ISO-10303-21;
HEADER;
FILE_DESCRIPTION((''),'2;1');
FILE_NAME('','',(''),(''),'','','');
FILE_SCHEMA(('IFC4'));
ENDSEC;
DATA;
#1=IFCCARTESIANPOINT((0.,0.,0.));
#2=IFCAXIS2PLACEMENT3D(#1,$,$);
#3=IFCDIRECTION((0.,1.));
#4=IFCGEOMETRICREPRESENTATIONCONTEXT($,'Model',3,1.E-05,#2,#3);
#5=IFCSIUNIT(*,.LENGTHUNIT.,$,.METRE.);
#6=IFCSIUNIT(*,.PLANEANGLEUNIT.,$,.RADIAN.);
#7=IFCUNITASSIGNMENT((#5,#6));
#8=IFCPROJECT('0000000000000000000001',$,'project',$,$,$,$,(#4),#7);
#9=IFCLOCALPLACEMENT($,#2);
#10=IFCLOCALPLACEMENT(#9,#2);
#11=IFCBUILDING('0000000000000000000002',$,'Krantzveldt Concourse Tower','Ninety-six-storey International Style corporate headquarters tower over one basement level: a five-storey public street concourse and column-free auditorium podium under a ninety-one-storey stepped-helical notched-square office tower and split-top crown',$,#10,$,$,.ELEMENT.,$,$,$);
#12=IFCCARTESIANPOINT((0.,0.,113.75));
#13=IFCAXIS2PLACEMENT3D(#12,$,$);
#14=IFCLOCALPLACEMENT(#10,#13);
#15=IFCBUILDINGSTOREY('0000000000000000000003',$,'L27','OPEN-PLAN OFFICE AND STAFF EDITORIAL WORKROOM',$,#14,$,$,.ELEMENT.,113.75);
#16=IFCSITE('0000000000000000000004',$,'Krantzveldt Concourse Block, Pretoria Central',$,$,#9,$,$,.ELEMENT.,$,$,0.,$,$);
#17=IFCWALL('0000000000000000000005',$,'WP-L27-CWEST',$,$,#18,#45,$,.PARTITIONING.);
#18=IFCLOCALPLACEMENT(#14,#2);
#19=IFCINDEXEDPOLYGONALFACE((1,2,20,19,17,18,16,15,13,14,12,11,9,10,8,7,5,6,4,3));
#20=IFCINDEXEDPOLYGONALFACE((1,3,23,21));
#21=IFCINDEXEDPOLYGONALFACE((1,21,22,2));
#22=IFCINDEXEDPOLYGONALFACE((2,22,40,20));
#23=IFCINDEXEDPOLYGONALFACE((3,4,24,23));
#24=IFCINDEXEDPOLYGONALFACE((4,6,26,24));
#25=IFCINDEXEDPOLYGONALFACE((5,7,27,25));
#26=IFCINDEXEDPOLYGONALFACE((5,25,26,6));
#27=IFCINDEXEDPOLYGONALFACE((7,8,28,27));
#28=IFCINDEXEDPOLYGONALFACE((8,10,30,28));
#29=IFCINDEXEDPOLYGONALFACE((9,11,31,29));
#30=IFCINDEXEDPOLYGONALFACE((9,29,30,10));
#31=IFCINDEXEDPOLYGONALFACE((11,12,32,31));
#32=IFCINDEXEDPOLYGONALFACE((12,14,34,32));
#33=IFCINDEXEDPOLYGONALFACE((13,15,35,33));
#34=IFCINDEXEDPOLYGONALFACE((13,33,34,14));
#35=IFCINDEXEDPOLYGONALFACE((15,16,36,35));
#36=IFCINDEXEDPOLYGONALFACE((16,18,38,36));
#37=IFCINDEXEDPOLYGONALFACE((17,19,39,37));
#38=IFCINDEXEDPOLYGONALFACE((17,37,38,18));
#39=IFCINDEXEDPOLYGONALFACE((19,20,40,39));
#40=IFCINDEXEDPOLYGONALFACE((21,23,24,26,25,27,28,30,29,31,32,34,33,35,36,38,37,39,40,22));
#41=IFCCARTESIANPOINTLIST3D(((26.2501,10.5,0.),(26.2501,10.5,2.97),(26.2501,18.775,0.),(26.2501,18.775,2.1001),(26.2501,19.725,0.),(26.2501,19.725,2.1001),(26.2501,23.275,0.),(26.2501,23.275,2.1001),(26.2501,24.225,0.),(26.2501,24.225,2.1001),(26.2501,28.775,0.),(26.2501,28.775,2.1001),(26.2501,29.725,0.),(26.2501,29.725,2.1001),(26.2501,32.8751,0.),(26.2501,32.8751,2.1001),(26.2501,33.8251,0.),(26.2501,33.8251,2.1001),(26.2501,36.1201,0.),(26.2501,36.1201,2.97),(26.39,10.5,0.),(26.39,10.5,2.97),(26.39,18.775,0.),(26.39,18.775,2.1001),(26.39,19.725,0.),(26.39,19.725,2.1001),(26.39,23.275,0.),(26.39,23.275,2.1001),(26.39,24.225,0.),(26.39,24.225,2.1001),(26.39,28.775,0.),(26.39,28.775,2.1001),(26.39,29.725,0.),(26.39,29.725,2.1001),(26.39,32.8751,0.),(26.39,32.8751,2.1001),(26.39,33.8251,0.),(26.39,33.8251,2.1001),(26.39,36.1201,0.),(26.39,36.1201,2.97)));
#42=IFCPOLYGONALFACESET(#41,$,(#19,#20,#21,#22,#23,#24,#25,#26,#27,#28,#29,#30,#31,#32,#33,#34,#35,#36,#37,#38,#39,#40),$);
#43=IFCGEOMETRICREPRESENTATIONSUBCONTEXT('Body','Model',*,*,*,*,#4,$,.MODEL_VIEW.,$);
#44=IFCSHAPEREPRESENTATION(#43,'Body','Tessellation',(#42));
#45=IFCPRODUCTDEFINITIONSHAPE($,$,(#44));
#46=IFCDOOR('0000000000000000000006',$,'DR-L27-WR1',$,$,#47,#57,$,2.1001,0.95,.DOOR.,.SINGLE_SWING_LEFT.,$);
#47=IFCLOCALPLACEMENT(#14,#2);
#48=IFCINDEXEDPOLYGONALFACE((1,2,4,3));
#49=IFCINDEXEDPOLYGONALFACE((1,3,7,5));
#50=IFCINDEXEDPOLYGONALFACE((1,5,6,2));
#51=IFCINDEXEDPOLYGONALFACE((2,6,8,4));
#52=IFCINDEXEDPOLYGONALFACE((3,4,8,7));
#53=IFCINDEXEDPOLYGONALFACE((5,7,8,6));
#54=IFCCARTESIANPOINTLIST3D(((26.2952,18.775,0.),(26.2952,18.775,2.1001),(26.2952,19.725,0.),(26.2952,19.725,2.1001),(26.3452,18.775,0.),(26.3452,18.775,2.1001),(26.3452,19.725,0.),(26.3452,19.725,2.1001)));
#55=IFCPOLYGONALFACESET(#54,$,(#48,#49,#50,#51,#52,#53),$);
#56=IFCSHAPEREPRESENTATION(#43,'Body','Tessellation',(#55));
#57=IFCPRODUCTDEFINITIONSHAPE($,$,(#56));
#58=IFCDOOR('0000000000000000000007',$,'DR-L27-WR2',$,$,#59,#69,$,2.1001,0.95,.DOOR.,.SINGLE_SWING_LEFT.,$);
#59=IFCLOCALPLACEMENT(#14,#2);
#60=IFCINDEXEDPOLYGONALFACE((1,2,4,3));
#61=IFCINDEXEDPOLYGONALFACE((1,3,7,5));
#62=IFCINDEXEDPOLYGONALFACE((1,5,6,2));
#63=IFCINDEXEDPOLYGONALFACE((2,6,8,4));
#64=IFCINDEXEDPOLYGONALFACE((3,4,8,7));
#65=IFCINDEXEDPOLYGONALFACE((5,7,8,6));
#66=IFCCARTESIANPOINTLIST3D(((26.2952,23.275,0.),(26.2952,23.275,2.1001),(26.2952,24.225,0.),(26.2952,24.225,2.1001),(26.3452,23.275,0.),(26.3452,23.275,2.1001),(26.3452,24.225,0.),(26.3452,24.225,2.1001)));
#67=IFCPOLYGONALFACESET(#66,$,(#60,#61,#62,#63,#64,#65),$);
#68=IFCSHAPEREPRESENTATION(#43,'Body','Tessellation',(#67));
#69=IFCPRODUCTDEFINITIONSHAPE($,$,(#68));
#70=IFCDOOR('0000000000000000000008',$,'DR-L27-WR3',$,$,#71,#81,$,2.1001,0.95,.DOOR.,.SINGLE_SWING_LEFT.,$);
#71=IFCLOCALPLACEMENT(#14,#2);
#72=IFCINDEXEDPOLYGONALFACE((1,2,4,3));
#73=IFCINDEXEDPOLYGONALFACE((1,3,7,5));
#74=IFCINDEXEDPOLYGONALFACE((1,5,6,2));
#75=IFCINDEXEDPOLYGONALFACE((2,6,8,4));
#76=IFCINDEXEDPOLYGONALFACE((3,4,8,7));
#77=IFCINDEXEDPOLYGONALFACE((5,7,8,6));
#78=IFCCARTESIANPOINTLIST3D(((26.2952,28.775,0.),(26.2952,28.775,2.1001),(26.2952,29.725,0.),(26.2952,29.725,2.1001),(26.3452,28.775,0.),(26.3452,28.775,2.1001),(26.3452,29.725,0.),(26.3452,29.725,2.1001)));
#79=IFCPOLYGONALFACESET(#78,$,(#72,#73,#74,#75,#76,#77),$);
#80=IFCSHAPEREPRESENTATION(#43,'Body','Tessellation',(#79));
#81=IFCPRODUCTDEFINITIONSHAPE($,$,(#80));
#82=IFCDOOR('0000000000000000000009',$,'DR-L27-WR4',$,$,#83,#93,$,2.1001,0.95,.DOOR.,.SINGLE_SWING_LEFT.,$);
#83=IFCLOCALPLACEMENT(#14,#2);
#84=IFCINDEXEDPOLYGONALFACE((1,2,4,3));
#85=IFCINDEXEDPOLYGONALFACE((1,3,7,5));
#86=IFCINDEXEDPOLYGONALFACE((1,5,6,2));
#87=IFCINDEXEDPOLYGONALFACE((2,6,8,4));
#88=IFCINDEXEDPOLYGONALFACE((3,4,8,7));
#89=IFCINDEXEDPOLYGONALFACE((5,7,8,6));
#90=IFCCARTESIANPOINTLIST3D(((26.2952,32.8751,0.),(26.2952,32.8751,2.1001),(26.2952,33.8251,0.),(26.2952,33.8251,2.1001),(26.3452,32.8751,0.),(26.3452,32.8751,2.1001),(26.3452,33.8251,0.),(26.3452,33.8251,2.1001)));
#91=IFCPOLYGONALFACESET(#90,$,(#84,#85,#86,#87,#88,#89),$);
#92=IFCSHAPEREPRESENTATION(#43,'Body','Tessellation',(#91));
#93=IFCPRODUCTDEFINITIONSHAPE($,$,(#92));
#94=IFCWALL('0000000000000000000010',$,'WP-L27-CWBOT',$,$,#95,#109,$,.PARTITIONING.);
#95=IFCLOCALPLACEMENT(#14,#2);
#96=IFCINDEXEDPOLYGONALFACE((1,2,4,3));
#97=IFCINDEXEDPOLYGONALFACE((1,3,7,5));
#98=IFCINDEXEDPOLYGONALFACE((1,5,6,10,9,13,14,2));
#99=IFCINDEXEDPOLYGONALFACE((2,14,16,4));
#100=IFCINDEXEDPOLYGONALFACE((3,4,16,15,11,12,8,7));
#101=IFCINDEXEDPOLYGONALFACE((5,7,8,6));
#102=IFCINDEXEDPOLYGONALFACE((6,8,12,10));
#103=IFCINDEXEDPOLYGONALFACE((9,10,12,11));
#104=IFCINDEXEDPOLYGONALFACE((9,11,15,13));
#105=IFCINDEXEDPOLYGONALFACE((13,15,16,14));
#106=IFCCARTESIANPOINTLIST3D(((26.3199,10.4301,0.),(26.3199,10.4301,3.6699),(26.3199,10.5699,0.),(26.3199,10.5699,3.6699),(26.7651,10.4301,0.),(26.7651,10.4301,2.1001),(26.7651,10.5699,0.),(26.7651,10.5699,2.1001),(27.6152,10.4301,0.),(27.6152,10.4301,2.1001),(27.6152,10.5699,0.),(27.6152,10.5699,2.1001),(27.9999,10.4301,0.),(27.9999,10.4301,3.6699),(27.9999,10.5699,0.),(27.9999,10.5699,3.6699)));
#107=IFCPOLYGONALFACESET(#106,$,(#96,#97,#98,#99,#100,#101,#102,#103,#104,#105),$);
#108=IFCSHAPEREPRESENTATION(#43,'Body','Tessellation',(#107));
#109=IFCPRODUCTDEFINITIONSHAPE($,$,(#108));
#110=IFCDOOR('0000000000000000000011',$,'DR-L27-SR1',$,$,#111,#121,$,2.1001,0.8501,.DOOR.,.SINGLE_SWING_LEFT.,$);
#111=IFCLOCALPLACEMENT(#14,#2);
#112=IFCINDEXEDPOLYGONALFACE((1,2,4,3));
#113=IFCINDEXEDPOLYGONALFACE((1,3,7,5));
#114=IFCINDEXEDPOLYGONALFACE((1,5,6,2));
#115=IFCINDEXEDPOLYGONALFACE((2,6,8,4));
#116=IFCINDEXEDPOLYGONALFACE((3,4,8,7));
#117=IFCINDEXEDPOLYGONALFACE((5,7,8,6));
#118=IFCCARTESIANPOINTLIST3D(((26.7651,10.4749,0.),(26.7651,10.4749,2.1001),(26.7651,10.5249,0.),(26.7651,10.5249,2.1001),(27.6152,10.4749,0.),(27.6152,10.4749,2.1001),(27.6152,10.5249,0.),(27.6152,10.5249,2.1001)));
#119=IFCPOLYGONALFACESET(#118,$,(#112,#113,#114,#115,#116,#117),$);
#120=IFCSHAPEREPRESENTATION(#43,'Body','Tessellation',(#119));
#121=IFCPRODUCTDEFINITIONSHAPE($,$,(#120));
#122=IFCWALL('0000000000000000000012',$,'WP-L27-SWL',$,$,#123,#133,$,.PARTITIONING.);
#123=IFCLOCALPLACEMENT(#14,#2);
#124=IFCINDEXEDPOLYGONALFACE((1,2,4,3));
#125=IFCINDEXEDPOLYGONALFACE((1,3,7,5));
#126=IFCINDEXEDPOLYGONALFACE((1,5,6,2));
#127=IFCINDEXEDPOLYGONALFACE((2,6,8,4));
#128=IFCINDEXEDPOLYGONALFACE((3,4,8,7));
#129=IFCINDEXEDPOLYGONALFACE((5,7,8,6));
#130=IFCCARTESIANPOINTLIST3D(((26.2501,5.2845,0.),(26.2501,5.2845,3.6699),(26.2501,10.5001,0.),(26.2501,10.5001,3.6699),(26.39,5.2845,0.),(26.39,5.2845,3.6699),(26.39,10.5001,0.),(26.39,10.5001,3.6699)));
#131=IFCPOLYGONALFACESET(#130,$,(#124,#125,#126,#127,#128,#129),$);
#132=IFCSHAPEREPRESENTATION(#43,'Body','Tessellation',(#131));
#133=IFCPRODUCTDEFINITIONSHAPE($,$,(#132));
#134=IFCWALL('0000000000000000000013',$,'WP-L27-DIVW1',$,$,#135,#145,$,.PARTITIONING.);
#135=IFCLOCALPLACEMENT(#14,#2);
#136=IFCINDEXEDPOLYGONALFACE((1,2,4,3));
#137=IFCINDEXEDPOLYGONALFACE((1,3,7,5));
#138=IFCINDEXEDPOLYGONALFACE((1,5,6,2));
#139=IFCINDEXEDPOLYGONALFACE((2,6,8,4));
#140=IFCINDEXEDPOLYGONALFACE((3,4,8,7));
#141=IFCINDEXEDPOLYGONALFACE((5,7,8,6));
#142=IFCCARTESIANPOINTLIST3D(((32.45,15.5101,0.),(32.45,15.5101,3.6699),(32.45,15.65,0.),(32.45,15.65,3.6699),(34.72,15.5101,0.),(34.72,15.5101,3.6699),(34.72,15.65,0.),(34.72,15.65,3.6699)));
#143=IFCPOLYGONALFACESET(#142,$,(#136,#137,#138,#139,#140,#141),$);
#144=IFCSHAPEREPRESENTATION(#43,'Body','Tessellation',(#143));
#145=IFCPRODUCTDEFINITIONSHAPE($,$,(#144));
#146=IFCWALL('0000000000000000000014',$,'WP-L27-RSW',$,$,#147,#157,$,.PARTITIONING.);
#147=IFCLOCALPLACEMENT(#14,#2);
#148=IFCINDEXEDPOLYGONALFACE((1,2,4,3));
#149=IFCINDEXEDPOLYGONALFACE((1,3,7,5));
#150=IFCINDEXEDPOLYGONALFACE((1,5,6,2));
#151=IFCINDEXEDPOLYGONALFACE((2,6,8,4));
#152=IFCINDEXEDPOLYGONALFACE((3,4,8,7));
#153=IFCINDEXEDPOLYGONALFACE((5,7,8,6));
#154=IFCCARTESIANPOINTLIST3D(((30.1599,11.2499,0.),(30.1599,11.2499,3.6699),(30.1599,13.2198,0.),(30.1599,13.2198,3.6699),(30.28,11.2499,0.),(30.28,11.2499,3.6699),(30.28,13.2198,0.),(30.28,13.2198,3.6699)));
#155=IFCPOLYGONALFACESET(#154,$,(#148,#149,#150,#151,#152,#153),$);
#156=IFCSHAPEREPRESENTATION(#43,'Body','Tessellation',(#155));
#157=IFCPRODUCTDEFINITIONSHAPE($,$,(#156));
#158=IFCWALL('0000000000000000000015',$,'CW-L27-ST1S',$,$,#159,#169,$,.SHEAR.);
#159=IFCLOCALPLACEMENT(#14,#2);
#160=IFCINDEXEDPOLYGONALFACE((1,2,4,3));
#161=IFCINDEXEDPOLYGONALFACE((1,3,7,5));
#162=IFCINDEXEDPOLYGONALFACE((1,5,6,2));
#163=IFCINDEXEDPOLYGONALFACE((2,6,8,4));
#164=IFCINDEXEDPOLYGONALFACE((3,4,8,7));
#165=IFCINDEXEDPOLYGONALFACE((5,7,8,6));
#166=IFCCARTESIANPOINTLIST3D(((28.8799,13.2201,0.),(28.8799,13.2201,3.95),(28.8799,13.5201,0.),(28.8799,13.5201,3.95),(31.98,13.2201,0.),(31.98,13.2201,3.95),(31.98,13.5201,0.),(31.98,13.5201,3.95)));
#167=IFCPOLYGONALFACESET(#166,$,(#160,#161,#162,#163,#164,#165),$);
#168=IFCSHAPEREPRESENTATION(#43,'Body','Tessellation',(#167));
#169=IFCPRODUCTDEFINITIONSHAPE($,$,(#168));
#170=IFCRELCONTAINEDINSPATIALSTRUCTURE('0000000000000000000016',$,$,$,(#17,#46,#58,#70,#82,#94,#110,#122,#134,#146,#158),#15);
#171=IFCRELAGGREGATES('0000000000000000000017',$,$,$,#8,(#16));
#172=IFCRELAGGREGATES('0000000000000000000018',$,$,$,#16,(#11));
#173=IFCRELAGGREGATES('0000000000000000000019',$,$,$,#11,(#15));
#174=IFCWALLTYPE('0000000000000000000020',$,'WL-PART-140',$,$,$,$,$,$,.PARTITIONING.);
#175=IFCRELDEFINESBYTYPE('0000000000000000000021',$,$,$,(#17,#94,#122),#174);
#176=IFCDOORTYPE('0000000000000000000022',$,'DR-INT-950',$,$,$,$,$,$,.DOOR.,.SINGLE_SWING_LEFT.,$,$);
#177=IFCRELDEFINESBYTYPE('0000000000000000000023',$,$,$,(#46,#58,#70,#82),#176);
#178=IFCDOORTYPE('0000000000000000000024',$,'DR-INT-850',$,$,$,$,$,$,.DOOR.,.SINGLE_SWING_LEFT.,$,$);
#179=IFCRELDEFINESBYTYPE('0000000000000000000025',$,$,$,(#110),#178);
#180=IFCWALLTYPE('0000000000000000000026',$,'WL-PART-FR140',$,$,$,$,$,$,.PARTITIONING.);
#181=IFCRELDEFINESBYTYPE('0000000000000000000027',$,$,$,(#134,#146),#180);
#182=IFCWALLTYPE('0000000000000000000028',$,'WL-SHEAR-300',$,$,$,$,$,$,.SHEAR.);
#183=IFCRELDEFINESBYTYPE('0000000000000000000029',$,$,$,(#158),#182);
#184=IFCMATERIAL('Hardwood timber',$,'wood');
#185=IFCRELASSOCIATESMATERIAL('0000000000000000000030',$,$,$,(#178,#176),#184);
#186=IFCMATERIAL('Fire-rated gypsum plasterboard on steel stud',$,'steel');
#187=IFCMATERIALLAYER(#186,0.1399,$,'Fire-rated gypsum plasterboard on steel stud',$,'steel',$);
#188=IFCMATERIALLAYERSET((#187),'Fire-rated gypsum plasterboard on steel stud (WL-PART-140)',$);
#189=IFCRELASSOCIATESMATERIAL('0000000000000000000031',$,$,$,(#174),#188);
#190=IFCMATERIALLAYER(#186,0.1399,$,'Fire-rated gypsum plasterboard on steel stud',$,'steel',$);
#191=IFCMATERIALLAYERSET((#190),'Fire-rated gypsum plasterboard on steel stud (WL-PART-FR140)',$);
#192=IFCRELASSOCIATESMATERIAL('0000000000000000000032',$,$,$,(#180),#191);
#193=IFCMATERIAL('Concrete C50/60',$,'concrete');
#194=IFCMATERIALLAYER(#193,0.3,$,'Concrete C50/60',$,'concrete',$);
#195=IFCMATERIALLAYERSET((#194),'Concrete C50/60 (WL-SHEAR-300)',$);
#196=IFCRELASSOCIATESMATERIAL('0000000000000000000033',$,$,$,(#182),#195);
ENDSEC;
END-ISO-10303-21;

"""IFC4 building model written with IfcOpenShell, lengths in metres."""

from ifc_helpers import new_model, si_unit, direction, frame, frame_2d, origin, place, context, subcontext, project, spatial, rectangle, extrude, material, layer, layer_set, type_object, element, fill, save


model = new_model("IFC4")

# Units and contexts
model_context = context("Model", 3, precision=1e-05, world=origin(), true_north=direction((0.0, 1.0)))
body_context = subcontext(model_context, "Body", "Model", "MODEL_VIEW")
ifc_project = project(units=[si_unit("LENGTHUNIT", "METRE"), si_unit("PLANEANGLEUNIT", "RADIAN")], contexts=[model_context])

# Site, building, storey
site_placement = place(None, origin())
site = spatial("IfcSite", under=ifc_project, at=site_placement, Name="Krantzveldt Concourse Block, Pretoria Central", CompositionType="ELEMENT", RefElevation=0.0)
building_placement = place(site_placement, origin())
building = spatial("IfcBuilding", under=site, at=building_placement, Name="Krantzveldt Concourse Tower", Description="Ninety-six-storey International Style corporate headquarters tower over one basement level: a five-storey public street concourse and column-free auditorium podium under a ninety-one-storey stepped-helical notched-square office tower and split-top crown", CompositionType="ELEMENT")
storey_placement = place(building_placement, frame((0.0, 0.0, 113.75)))
storey = spatial("IfcBuildingStorey", under=building, at=storey_placement, Name="L27", Description="OPEN-PLAN OFFICE AND STAFF EDITORIAL WORKROOM", CompositionType="ELEMENT", Elevation=113.75)

# Shared definitions
ifc_material_1 = material(Name="Fire-rated gypsum plasterboard on steel stud", Category="steel")
ifc_material_2 = material(Name="Hardwood timber", Category="wood")
door_type_1 = type_object("IfcDoorType", Name="DR-INT-850", OperationType="SINGLE_SWING_LEFT", PredefinedType="DOOR", material=ifc_material_2)

# Wall, openings, doors
ifc_layer_1 = layer(ifc_material_1, 0.1399, Name="Fire-rated gypsum plasterboard on steel stud", Category="steel")
ifc_layer_set_1 = layer_set([ifc_layer_1], Name="Fire-rated gypsum plasterboard on steel stud (WL-PART-140)")
wall_type_1 = type_object("IfcWallType", Name="WL-PART-140", PredefinedType="PARTITIONING", material=ifc_layer_set_1)
wall_1_placement = place(storey_placement, frame((26.3201, 10.5, 0.0), z_axis=(0.0, 0.0, 1.0), x_axis=(0.0, 1.0, 0.0)))
wall_1 = element("IfcWall", 1, at=wall_1_placement, inside=storey, type_object=wall_type_1, Name="WP-L27-CWEST", PredefinedType="PARTITIONING", context=body_context, shape_type="SweptSolid", body=[
    extrude(rectangle(XDim=25.6201, YDim=0.1399, at=frame_2d((12.8101, 0.0))), origin(), (0.0, 0.0, 1.0), 2.97),
])
opening_1_placement = place(wall_1_placement, frame((8.2749, 0.0, 0.0)))
opening_1 = element("IfcOpeningElement", 2, at=opening_1_placement, cuts=wall_1, PredefinedType="OPENING", context=body_context, shape_type="SweptSolid", body=[
    extrude(rectangle(XDim=0.95, YDim=2.1001, at=frame_2d((0.4751, 1.05))), frame((0.0, 0.0801, 0.0), z_axis=(0.0, -1.0, 0.0), x_axis=(1.0, 0.0, 0.0)), (0.0, 0.0, 1.0), 0.1599),
])
opening_2_placement = place(wall_1_placement, frame((12.7749, 0.0, 0.0)))
opening_2 = element("IfcOpeningElement", 3, at=opening_2_placement, cuts=wall_1, PredefinedType="OPENING", context=body_context, shape_type="SweptSolid", body=[
    extrude(rectangle(XDim=0.95, YDim=2.1001, at=frame_2d((0.4751, 1.05))), frame((0.0, 0.0801, 0.0), z_axis=(0.0, -1.0, 0.0), x_axis=(1.0, 0.0, 0.0)), (0.0, 0.0, 1.0), 0.1599),
])
opening_3_placement = place(wall_1_placement, frame((18.2749, 0.0, 0.0)))
opening_3 = element("IfcOpeningElement", 4, at=opening_3_placement, cuts=wall_1, PredefinedType="OPENING", context=body_context, shape_type="SweptSolid", body=[
    extrude(rectangle(XDim=0.95, YDim=2.1001, at=frame_2d((0.4751, 1.05))), frame((0.0, 0.0801, 0.0), z_axis=(0.0, -1.0, 0.0), x_axis=(1.0, 0.0, 0.0)), (0.0, 0.0, 1.0), 0.1599),
])
opening_4_placement = place(wall_1_placement, frame((22.375, 0.0, 0.0)))
opening_4 = element("IfcOpeningElement", 5, at=opening_4_placement, cuts=wall_1, PredefinedType="OPENING", context=body_context, shape_type="SweptSolid", body=[
    extrude(rectangle(XDim=0.95, YDim=2.1001, at=frame_2d((0.4751, 1.05))), frame((0.0, 0.0801, 0.0), z_axis=(0.0, -1.0, 0.0), x_axis=(1.0, 0.0, 0.0)), (0.0, 0.0, 1.0), 0.1599),
])
door_type_2 = type_object("IfcDoorType", Name="DR-INT-950", OperationType="SINGLE_SWING_LEFT", PredefinedType="DOOR", material=ifc_material_2)
door_1_placement = place(opening_1_placement, origin())
door_1 = element("IfcDoor", 6, at=door_1_placement, inside=storey, type_object=door_type_2, Name="DR-L27-WR1", OperationType="SINGLE_SWING_LEFT", OverallHeight=2.1001, OverallWidth=0.95, PredefinedType="DOOR", context=body_context, shape_type="SweptSolid", body=[
    extrude(rectangle(XDim=0.95, YDim=2.1001, at=frame_2d((0.4751, 1.05))), frame((0.0, 0.0249, 0.0), z_axis=(0.0, -1.0, 0.0), x_axis=(1.0, 0.0, 0.0)), (0.0, 0.0, 1.0), 0.05),
])
fill(opening_1, door_1)
door_2_placement = place(opening_2_placement, origin())
door_2 = element("IfcDoor", 7, at=door_2_placement, inside=storey, type_object=door_type_2, Name="DR-L27-WR2", OperationType="SINGLE_SWING_LEFT", OverallHeight=2.1001, OverallWidth=0.95, PredefinedType="DOOR", context=body_context, shape_type="SweptSolid", body=[
    extrude(rectangle(XDim=0.95, YDim=2.1001, at=frame_2d((0.4751, 1.05))), frame((0.0, 0.0249, 0.0), z_axis=(0.0, -1.0, 0.0), x_axis=(1.0, 0.0, 0.0)), (0.0, 0.0, 1.0), 0.05),
])
fill(opening_2, door_2)
door_3_placement = place(opening_3_placement, origin())
door_3 = element("IfcDoor", 8, at=door_3_placement, inside=storey, type_object=door_type_2, Name="DR-L27-WR3", OperationType="SINGLE_SWING_LEFT", OverallHeight=2.1001, OverallWidth=0.95, PredefinedType="DOOR", context=body_context, shape_type="SweptSolid", body=[
    extrude(rectangle(XDim=0.95, YDim=2.1001, at=frame_2d((0.4751, 1.05))), frame((0.0, 0.0249, 0.0), z_axis=(0.0, -1.0, 0.0), x_axis=(1.0, 0.0, 0.0)), (0.0, 0.0, 1.0), 0.05),
])
fill(opening_3, door_3)
door_4_placement = place(opening_4_placement, origin())
door_4 = element("IfcDoor", 9, at=door_4_placement, inside=storey, type_object=door_type_2, Name="DR-L27-WR4", OperationType="SINGLE_SWING_LEFT", OverallHeight=2.1001, OverallWidth=0.95, PredefinedType="DOOR", context=body_context, shape_type="SweptSolid", body=[
    extrude(rectangle(XDim=0.95, YDim=2.1001, at=frame_2d((0.4751, 1.05))), frame((0.0, 0.0249, 0.0), z_axis=(0.0, -1.0, 0.0), x_axis=(1.0, 0.0, 0.0)), (0.0, 0.0, 1.0), 0.05),
])
fill(opening_4, door_4)

# Wall, opening, door
wall_2_placement = place(storey_placement, frame((26.3201, 10.5, 0.0), z_axis=(0.0, 0.0, 1.0), x_axis=(1.0, 0.0, 0.0)))
wall_2 = element("IfcWall", 10, at=wall_2_placement, inside=storey, type_object=wall_type_1, Name="WP-L27-CWBOT", PredefinedType="PARTITIONING", context=body_context, shape_type="SweptSolid", body=[
    extrude(rectangle(XDim=1.6799, YDim=0.1399, at=frame_2d((0.8398, 0.0))), origin(), (0.0, 0.0, 1.0), 3.6699),
])
opening_5_placement = place(wall_2_placement, frame((0.4451, 0.0, 0.0)))
opening_5 = element("IfcOpeningElement", 11, at=opening_5_placement, cuts=wall_2, PredefinedType="OPENING", context=body_context, shape_type="SweptSolid", body=[
    extrude(rectangle(XDim=0.8501, YDim=2.1001, at=frame_2d((0.425, 1.05))), frame((0.0, 0.0801, 0.0), z_axis=(0.0, -1.0, 0.0), x_axis=(1.0, 0.0, 0.0)), (0.0, 0.0, 1.0), 0.1599),
])
door_5_placement = place(opening_5_placement, origin())
door_5 = element("IfcDoor", 12, at=door_5_placement, inside=storey, type_object=door_type_1, Name="DR-L27-SR1", OperationType="SINGLE_SWING_LEFT", OverallHeight=2.1001, OverallWidth=0.8501, PredefinedType="DOOR", context=body_context, shape_type="SweptSolid", body=[
    extrude(rectangle(XDim=0.8501, YDim=2.1001, at=frame_2d((0.425, 1.05))), frame((0.0, 0.0249, 0.0), z_axis=(0.0, -1.0, 0.0), x_axis=(1.0, 0.0, 0.0)), (0.0, 0.0, 1.0), 0.05),
])
fill(opening_5, door_5)

# Walls
wall_3_placement = place(storey_placement, frame((26.3201, 5.2844, 0.0), z_axis=(0.0, 0.0, 1.0), x_axis=(0.0, 1.0, 0.0)))
element("IfcWall", 13, at=wall_3_placement, inside=storey, type_object=wall_type_1, Name="WP-L27-SWL", PredefinedType="PARTITIONING", context=body_context, shape_type="SweptSolid", body=[
    extrude(rectangle(XDim=5.2156, YDim=0.1399, at=frame_2d((2.6079, 0.0))), origin(), (0.0, 0.0, 1.0), 3.6699),
])
ifc_layer_2 = layer(ifc_material_1, 0.1399, Name="Fire-rated gypsum plasterboard on steel stud", Category="steel")
ifc_layer_set_2 = layer_set([ifc_layer_2], Name="Fire-rated gypsum plasterboard on steel stud (WL-PART-FR140)")
wall_type_2 = type_object("IfcWallType", Name="WL-PART-FR140", PredefinedType="PARTITIONING", material=ifc_layer_set_2)
wall_4_placement = place(storey_placement, frame((32.45, 15.5801, 0.0), z_axis=(0.0, 0.0, 1.0), x_axis=(1.0, 0.0, 0.0)))
element("IfcWall", 14, at=wall_4_placement, inside=storey, type_object=wall_type_2, Name="WP-L27-DIVW1", PredefinedType="PARTITIONING", context=body_context, shape_type="SweptSolid", body=[
    extrude(rectangle(XDim=2.27, YDim=0.1399, at=frame_2d((1.135, 0.0))), origin(), (0.0, 0.0, 1.0), 3.6699),
])
wall_5_placement = place(storey_placement, frame((30.22, 11.25, 0.0), z_axis=(0.0, 0.0, 1.0), x_axis=(0.0, 1.0, 0.0)))
element("IfcWall", 15, at=wall_5_placement, inside=storey, type_object=wall_type_2, Name="WP-L27-RSW", PredefinedType="PARTITIONING", context=body_context, shape_type="SweptSolid", body=[
    extrude(rectangle(XDim=1.97, YDim=0.1201, at=frame_2d((0.9849, 0.0))), origin(), (0.0, 0.0, 1.0), 3.6699),
])
ifc_material_3 = material(Name="Concrete C50/60", Category="concrete")
ifc_layer_3 = layer(ifc_material_3, 0.3, Name="Concrete C50/60", Category="concrete")
ifc_layer_set_3 = layer_set([ifc_layer_3], Name="Concrete C50/60 (WL-SHEAR-300)")
wall_type_3 = type_object("IfcWallType", Name="WL-SHEAR-300", PredefinedType="SHEAR", material=ifc_layer_set_3)
wall_6_placement = place(storey_placement, frame((28.8799, 13.3701, 0.0), z_axis=(0.0, 0.0, 1.0), x_axis=(1.0, 0.0, 0.0)))
element("IfcWall", 16, at=wall_6_placement, inside=storey, type_object=wall_type_3, Name="CW-L27-ST1S", PredefinedType="SHEAR", context=body_context, shape_type="SweptSolid", body=[
    extrude(rectangle(XDim=3.1001, YDim=0.3, at=frame_2d((1.55, 0.0))), origin(), (0.0, 0.0, 1.0), 3.95),
])

save(model, "model.ifc")
